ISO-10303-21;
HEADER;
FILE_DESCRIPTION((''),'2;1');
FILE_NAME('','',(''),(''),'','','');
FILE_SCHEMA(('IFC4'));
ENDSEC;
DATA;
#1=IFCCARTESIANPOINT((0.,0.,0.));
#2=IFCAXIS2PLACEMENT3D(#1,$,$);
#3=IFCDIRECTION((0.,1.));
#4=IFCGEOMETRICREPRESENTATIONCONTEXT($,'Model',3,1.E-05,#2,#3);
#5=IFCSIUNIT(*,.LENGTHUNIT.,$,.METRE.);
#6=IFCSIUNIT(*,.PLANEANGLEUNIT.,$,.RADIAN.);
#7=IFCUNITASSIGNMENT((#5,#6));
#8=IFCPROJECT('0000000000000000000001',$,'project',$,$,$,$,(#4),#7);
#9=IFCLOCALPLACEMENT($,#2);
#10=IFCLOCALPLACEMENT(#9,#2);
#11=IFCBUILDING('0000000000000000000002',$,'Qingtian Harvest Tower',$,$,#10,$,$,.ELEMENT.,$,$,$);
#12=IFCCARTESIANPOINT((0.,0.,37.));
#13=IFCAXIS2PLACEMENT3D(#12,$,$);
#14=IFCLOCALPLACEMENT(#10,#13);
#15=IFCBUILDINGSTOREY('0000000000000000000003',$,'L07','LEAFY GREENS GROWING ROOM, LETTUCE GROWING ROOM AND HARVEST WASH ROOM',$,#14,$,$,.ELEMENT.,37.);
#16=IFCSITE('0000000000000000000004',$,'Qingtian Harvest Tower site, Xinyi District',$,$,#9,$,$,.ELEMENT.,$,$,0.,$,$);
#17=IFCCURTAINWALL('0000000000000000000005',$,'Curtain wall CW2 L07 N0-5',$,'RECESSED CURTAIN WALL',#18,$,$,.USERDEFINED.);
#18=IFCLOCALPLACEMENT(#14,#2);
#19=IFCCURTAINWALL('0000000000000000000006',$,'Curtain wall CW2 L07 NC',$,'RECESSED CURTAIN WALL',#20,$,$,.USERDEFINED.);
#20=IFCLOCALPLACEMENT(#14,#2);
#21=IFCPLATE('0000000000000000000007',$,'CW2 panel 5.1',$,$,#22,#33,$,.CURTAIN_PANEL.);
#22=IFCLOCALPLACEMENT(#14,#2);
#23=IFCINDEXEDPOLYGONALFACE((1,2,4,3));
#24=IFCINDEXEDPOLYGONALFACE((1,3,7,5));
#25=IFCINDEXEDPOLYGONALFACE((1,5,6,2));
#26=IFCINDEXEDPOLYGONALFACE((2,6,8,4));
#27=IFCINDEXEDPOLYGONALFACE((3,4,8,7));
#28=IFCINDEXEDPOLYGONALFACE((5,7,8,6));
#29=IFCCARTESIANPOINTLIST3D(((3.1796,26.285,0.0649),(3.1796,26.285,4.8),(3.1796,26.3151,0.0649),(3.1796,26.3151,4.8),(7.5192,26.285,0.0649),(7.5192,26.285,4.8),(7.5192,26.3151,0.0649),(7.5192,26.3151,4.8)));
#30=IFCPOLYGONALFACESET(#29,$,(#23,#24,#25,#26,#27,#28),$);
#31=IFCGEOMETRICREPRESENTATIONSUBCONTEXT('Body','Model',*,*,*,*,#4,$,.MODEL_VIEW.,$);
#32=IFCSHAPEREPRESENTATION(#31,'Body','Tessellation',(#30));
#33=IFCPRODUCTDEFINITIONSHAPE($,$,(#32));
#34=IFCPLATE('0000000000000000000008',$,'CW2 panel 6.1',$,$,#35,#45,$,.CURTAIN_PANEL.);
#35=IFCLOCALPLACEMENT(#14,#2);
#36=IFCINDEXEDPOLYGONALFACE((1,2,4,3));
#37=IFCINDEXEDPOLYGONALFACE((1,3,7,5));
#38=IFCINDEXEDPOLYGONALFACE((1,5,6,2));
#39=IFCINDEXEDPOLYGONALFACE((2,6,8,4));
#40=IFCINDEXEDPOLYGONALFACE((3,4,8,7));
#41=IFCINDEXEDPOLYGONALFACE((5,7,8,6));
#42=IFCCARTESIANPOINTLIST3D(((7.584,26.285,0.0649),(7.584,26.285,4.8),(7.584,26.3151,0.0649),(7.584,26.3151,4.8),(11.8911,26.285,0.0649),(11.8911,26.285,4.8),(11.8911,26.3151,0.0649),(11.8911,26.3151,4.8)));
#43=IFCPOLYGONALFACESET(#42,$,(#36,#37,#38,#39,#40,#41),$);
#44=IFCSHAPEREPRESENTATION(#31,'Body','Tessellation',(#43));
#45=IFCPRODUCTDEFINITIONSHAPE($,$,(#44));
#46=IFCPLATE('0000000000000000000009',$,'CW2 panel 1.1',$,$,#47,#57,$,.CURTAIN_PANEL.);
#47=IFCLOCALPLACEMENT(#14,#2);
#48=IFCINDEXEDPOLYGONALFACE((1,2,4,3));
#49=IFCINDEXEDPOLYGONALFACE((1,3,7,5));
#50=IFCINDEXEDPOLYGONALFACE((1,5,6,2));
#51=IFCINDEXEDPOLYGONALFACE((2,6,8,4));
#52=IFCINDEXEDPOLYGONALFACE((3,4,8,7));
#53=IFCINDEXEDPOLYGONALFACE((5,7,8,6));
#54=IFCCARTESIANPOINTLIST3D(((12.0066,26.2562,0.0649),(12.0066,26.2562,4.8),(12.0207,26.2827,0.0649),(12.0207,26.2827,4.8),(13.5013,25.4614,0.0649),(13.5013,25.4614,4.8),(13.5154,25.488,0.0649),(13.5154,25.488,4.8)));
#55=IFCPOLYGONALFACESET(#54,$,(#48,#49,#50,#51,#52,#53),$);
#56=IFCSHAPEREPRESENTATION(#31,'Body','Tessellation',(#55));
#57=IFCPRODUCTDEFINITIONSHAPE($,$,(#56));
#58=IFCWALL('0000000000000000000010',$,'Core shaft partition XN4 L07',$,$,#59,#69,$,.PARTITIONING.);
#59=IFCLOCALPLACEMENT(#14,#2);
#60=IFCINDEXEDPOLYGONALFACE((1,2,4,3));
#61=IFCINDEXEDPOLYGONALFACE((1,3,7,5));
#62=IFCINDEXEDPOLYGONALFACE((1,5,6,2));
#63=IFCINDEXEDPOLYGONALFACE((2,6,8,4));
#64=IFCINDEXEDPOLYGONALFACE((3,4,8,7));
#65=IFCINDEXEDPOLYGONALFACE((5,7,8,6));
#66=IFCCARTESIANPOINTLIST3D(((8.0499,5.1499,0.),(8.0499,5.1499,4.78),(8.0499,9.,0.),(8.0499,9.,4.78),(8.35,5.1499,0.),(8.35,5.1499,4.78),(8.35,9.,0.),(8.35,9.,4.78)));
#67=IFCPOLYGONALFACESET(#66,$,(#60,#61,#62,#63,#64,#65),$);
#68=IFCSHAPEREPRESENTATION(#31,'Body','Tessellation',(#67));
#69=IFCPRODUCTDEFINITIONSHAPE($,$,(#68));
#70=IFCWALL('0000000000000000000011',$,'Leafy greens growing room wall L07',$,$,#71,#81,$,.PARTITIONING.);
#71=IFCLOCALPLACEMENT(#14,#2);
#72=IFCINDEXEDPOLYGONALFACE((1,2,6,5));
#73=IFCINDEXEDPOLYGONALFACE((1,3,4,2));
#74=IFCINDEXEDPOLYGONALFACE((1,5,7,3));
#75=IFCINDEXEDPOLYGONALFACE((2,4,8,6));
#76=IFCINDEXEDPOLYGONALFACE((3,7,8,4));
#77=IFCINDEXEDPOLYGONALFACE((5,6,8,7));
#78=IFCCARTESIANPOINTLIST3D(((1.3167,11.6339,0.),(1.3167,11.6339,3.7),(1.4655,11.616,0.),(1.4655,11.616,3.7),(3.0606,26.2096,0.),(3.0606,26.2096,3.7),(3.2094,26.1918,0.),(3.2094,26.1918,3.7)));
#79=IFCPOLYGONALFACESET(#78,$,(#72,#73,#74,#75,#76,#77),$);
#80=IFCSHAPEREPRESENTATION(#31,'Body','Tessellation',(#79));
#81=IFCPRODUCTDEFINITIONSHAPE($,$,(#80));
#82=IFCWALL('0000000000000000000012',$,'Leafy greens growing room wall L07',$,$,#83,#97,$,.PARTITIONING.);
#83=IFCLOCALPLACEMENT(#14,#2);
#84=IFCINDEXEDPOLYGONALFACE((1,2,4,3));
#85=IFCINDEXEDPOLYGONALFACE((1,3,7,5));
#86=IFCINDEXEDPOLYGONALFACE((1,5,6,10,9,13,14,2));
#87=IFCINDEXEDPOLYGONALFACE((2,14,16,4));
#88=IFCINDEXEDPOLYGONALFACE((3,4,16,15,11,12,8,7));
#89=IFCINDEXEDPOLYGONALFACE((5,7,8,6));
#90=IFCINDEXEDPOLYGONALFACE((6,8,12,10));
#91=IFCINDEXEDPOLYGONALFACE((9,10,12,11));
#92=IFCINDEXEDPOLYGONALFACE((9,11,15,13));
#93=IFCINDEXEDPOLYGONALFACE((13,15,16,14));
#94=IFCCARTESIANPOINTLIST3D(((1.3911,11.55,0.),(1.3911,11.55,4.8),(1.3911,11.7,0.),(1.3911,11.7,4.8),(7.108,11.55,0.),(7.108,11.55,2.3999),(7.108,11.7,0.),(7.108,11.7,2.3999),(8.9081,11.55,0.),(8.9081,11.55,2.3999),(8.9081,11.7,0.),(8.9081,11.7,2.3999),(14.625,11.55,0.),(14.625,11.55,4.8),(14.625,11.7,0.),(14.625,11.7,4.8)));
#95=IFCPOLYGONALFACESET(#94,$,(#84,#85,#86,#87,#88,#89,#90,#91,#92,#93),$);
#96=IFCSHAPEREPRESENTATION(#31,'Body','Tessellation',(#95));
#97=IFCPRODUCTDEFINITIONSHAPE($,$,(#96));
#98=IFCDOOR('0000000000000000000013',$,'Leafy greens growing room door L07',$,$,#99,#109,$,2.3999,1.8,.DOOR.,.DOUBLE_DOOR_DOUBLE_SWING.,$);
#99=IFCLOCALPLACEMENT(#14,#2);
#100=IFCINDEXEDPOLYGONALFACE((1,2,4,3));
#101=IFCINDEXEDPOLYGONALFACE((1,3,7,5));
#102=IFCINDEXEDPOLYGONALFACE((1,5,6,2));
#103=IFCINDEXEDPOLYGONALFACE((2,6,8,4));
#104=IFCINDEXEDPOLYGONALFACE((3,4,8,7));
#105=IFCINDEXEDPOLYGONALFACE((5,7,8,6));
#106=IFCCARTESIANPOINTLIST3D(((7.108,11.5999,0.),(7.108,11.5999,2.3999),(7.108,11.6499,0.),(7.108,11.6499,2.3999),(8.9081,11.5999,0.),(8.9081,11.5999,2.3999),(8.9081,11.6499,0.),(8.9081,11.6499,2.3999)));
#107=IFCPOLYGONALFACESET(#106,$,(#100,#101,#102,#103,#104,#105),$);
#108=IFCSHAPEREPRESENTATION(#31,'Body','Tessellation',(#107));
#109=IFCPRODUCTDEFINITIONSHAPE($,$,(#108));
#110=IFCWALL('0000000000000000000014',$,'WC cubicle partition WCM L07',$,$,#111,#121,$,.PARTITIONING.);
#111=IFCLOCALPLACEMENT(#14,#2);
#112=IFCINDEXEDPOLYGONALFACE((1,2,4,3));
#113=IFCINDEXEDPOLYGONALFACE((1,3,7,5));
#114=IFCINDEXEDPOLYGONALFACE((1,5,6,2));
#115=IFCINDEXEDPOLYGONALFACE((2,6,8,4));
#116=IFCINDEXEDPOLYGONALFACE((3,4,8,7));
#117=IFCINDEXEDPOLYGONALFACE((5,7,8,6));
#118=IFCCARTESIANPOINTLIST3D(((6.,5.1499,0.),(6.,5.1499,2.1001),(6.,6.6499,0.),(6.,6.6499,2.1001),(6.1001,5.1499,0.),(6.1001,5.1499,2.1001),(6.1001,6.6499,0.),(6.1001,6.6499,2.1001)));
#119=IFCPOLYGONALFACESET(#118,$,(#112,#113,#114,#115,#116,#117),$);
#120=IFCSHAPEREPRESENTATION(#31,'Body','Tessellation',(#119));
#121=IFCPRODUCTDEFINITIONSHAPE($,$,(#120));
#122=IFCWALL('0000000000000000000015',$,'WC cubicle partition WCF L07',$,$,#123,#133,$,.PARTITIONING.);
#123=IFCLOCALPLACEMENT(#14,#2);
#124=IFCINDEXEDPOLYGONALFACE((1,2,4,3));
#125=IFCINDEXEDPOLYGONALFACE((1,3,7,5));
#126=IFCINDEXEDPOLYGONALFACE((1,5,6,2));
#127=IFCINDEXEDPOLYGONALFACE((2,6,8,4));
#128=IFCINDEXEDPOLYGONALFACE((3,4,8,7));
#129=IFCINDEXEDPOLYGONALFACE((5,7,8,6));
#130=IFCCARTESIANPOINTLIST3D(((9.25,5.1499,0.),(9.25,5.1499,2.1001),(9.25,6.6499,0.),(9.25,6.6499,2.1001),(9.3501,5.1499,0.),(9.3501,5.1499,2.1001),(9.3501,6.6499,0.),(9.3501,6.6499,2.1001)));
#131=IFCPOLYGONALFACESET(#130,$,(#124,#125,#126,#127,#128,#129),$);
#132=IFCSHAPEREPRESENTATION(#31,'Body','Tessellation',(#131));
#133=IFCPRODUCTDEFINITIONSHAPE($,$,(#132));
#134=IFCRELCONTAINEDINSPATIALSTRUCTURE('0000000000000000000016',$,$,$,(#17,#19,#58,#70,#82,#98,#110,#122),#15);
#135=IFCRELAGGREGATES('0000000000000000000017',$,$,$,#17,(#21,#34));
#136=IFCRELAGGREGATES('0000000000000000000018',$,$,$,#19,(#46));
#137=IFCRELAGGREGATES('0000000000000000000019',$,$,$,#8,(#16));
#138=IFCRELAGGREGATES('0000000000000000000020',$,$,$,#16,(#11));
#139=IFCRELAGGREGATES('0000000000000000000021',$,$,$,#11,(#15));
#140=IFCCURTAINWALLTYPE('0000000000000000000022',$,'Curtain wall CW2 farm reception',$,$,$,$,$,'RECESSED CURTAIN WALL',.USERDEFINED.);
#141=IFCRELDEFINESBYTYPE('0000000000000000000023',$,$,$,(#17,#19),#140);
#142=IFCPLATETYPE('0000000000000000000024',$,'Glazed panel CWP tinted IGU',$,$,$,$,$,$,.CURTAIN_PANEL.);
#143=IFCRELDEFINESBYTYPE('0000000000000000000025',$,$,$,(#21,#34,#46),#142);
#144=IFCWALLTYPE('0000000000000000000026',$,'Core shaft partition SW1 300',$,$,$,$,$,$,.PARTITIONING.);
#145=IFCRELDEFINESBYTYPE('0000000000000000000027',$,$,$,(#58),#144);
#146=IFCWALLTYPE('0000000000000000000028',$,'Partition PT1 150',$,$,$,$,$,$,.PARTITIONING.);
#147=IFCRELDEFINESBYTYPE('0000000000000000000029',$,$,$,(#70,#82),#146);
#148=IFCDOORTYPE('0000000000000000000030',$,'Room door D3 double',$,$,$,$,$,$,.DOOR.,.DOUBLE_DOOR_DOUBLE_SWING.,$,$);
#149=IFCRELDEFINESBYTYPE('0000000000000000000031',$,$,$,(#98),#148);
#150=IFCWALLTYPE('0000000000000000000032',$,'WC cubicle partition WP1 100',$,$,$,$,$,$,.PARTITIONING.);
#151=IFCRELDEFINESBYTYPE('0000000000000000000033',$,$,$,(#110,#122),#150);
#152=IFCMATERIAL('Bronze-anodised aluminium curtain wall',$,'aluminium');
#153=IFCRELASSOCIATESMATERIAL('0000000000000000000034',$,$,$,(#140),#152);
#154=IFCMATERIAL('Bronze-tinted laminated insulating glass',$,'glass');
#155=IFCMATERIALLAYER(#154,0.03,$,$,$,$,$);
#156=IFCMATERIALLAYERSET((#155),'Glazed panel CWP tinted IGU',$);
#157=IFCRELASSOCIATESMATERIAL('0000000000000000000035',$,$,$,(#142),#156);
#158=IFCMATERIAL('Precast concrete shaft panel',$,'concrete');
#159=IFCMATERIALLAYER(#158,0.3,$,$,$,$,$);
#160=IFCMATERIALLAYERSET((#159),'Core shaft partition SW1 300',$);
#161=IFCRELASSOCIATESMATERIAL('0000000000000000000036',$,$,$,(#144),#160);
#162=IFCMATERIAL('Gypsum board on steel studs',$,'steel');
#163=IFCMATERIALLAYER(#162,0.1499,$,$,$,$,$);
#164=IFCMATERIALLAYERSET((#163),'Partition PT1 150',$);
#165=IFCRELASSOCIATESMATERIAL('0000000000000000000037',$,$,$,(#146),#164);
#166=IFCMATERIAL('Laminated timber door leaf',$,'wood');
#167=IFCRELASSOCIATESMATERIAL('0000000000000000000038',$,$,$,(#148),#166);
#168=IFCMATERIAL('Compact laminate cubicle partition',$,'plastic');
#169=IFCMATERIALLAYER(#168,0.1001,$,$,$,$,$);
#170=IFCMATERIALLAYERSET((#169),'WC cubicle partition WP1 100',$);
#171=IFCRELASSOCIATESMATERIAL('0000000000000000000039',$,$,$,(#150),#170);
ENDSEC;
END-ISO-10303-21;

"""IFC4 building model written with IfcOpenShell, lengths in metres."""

from ifc_helpers import new_model, si_unit, direction, frame, frame_2d, origin, origin_2d, place, context, subcontext, project, spatial, rectangle, extrude, material, layer, layer_set, type_object, element, fill, aggregate, save


model = new_model("IFC4")

# Units and contexts
model_context = context("Model", 3, precision=1e-05, world=origin(), true_north=direction((0.0, 1.0)))
body_context = subcontext(model_context, "Body", "Model", "MODEL_VIEW")
ifc_project = project(units=[si_unit("LENGTHUNIT", "METRE"), si_unit("PLANEANGLEUNIT", "RADIAN")], contexts=[model_context])

# Site, building, storey
site_placement = place(None, origin())
site = spatial("IfcSite", under=ifc_project, at=site_placement, Name="Qingtian Harvest Tower site, Xinyi District", CompositionType="ELEMENT", RefElevation=0.0)
building_placement = place(site_placement, origin())
building = spatial("IfcBuilding", under=site, at=building_placement, Name="Qingtian Harvest Tower", CompositionType="ELEMENT")
storey_placement = place(building_placement, frame((0.0, 0.0, 37.0)))
storey = spatial("IfcBuildingStorey", under=building, at=storey_placement, Name="L07", Description="LEAFY GREENS GROWING ROOM, LETTUCE GROWING ROOM AND HARVEST WASH ROOM", CompositionType="ELEMENT", Elevation=37.0)

# Curtain walls
ifc_material_1 = material(Name="Bronze-anodised aluminium curtain wall", Category="aluminium")
curtain_wall_type = type_object("IfcCurtainWallType", Name="Curtain wall CW2 farm reception", ElementType="RECESSED CURTAIN WALL", PredefinedType="USERDEFINED", material=ifc_material_1)
curtain_wall_1_placement = place(storey_placement, origin())
curtain_wall_1 = element("IfcCurtainWall", 1, at=curtain_wall_1_placement, inside=storey, type_object=curtain_wall_type, Name="Curtain wall CW2 L07 N0-5", ObjectType="RECESSED CURTAIN WALL", PredefinedType="USERDEFINED")
curtain_wall_2_placement = place(storey_placement, origin())
curtain_wall_2 = element("IfcCurtainWall", 2, at=curtain_wall_2_placement, inside=storey, type_object=curtain_wall_type, Name="Curtain wall CW2 L07 NC", ObjectType="RECESSED CURTAIN WALL", PredefinedType="USERDEFINED")

# Plates
ifc_material_2 = material(Name="Bronze-tinted laminated insulating glass", Category="glass")
ifc_layer_1 = layer(ifc_material_2, 0.03)
ifc_layer_set_1 = layer_set([ifc_layer_1], Name="Glazed panel CWP tinted IGU")
plate_type = type_object("IfcPlateType", Name="Glazed panel CWP tinted IGU", PredefinedType="CURTAIN_PANEL", material=ifc_layer_set_1)
plate_1_placement = place(storey_placement, frame((5.3494, 26.3, 0.0649), z_axis=(0.0, 0.0, 1.0), x_axis=(1.0, 0.0, 0.0)))
plate_1 = element("IfcPlate", 3, at=plate_1_placement, type_object=plate_type, Name="CW2 panel 5.1", PredefinedType="CURTAIN_PANEL", context=body_context, shape_type="SweptSolid", body=[
    extrude(rectangle(XDim=4.3396, YDim=0.03, at=origin_2d()), origin(), (0.0, 0.0, 1.0), 4.7351),
])
plate_2_placement = place(storey_placement, frame((9.7375, 26.3, 0.0649), z_axis=(0.0, 0.0, 1.0), x_axis=(1.0, 0.0, 0.0)))
plate_2 = element("IfcPlate", 4, at=plate_2_placement, type_object=plate_type, Name="CW2 panel 6.1", PredefinedType="CURTAIN_PANEL", context=body_context, shape_type="SweptSolid", body=[
    extrude(rectangle(XDim=4.3071, YDim=0.03, at=origin_2d()), origin(), (0.0, 0.0, 1.0), 4.7351),
])
aggregate(curtain_wall_1, [plate_1, plate_2])
plate_3_placement = place(storey_placement, frame((12.761, 25.8721, 0.0649), z_axis=(0.0, 0.0, 1.0), x_axis=(0.882948, -0.469472, 0.0)))
plate_3 = element("IfcPlate", 5, at=plate_3_placement, type_object=plate_type, Name="CW2 panel 1.1", PredefinedType="CURTAIN_PANEL", context=body_context, shape_type="SweptSolid", body=[
    extrude(rectangle(XDim=1.6929, YDim=0.03, at=origin_2d()), origin(), (0.0, 0.0, 1.0), 4.7351),
])
aggregate(curtain_wall_2, [plate_3])

# Walls
ifc_material_3 = material(Name="Precast concrete shaft panel", Category="concrete")
ifc_layer_2 = layer(ifc_material_3, 0.3)
ifc_layer_set_2 = layer_set([ifc_layer_2], Name="Core shaft partition SW1 300")
wall_type_1 = type_object("IfcWallType", Name="Core shaft partition SW1 300", PredefinedType="PARTITIONING", material=ifc_layer_set_2)
wall_1_placement = place(storey_placement, frame((8.2, 5.1499, 0.0), z_axis=(0.0, 0.0, 1.0), x_axis=(0.0, 1.0, 0.0)))
element("IfcWall", 6, at=wall_1_placement, inside=storey, type_object=wall_type_1, Name="Core shaft partition XN4 L07", PredefinedType="PARTITIONING", context=body_context, shape_type="SweptSolid", body=[
    extrude(rectangle(XDim=3.8501, YDim=0.3, at=frame_2d((1.925, 0.0))), origin(), (0.0, 0.0, 1.0), 4.78),
])
ifc_material_4 = material(Name="Gypsum board on steel studs", Category="steel")
ifc_layer_3 = layer(ifc_material_4, 0.1499)
ifc_layer_set_3 = layer_set([ifc_layer_3], Name="Partition PT1 150")
wall_type_2 = type_object("IfcWallType", Name="Partition PT1 150", PredefinedType="PARTITIONING", material=ifc_layer_set_3)
wall_2_placement = place(storey_placement, frame((3.135, 26.2007, 0.0), z_axis=(0.0, 0.0, 1.0), x_axis=(-0.118797, -0.992919, 0.0)))
element("IfcWall", 7, at=wall_2_placement, inside=storey, type_object=wall_type_2, Name="Leafy greens growing room wall L07", PredefinedType="PARTITIONING", context=body_context, shape_type="SweptSolid", body=[
    extrude(rectangle(XDim=14.6797, YDim=0.1499, at=frame_2d((7.3398, 0.0))), origin(), (0.0, 0.0, 1.0), 3.7),
])

# Wall, opening, door
wall_3_placement = place(storey_placement, frame((1.3911, 11.625, 0.0), z_axis=(0.0, 0.0, 1.0), x_axis=(1.0, 0.0, 0.0)))
wall_3 = element("IfcWall", 8, at=wall_3_placement, inside=storey, type_object=wall_type_2, Name="Leafy greens growing room wall L07", PredefinedType="PARTITIONING", context=body_context, shape_type="SweptSolid", body=[
    extrude(rectangle(XDim=13.2339, YDim=0.1499, at=frame_2d((6.6169, 0.0))), origin(), (0.0, 0.0, 1.0), 4.8),
])
opening_placement = place(wall_3_placement, frame((5.717, 0.0, 0.0)))
opening = element("IfcOpeningElement", 9, at=opening_placement, cuts=wall_3, PredefinedType="OPENING", context=body_context, shape_type="SweptSolid", body=[
    extrude(rectangle(XDim=1.8, YDim=2.3999, at=frame_2d((0.8999, 1.2))), frame((0.0, 0.085, 0.0), z_axis=(0.0, -1.0, 0.0), x_axis=(1.0, 0.0, 0.0)), (0.0, 0.0, 1.0), 0.1699),
])
ifc_material_5 = material(Name="Laminated timber door leaf", Category="wood")
door_type = type_object("IfcDoorType", Name="Room door D3 double", OperationType="DOUBLE_DOOR_DOUBLE_SWING", PredefinedType="DOOR", material=ifc_material_5)
door_placement = place(opening_placement, origin())
door = element("IfcDoor", 10, at=door_placement, inside=storey, type_object=door_type, Name="Leafy greens growing room door L07", OperationType="DOUBLE_DOOR_DOUBLE_SWING", OverallHeight=2.3999, OverallWidth=1.8, PredefinedType="DOOR", context=body_context, shape_type="SweptSolid", body=[
    extrude(rectangle(XDim=1.8, YDim=2.3999, at=frame_2d((0.8999, 1.2))), frame((0.0, 0.0249, 0.0), z_axis=(0.0, -1.0, 0.0), x_axis=(1.0, 0.0, 0.0)), (0.0, 0.0, 1.0), 0.05),
])
fill(opening, door)

# Walls
ifc_material_6 = material(Name="Compact laminate cubicle partition", Category="plastic")
ifc_layer_4 = layer(ifc_material_6, 0.1001)
ifc_layer_set_4 = layer_set([ifc_layer_4], Name="WC cubicle partition WP1 100")
wall_type_3 = type_object("IfcWallType", Name="WC cubicle partition WP1 100", PredefinedType="PARTITIONING", material=ifc_layer_set_4)
for number, where, z_axis, x_axis, name in (
    (11, (6.05, 5.1499, 0.0), (0.0, 0.0, 1.0), (0.0, 1.0, 0.0), "WC cubicle partition WCM L07"),
    (12, (9.3, 5.1499, 0.0), (0.0, 0.0, 1.0), (0.0, 1.0, 0.0), "WC cubicle partition WCF L07"),
):
    element("IfcWall", number, at=place(storey_placement, frame(where, z_axis=z_axis, x_axis=x_axis)), inside=storey, type_object=wall_type_3, Name=name, PredefinedType="PARTITIONING", context=body_context, shape_type="SweptSolid", body=[
        extrude(rectangle(XDim=1.5, YDim=0.1001, at=frame_2d((0.75, 0.0))), origin(), (0.0, 0.0, 1.0), 2.1001),
    ])

save(model, "model.ifc")
